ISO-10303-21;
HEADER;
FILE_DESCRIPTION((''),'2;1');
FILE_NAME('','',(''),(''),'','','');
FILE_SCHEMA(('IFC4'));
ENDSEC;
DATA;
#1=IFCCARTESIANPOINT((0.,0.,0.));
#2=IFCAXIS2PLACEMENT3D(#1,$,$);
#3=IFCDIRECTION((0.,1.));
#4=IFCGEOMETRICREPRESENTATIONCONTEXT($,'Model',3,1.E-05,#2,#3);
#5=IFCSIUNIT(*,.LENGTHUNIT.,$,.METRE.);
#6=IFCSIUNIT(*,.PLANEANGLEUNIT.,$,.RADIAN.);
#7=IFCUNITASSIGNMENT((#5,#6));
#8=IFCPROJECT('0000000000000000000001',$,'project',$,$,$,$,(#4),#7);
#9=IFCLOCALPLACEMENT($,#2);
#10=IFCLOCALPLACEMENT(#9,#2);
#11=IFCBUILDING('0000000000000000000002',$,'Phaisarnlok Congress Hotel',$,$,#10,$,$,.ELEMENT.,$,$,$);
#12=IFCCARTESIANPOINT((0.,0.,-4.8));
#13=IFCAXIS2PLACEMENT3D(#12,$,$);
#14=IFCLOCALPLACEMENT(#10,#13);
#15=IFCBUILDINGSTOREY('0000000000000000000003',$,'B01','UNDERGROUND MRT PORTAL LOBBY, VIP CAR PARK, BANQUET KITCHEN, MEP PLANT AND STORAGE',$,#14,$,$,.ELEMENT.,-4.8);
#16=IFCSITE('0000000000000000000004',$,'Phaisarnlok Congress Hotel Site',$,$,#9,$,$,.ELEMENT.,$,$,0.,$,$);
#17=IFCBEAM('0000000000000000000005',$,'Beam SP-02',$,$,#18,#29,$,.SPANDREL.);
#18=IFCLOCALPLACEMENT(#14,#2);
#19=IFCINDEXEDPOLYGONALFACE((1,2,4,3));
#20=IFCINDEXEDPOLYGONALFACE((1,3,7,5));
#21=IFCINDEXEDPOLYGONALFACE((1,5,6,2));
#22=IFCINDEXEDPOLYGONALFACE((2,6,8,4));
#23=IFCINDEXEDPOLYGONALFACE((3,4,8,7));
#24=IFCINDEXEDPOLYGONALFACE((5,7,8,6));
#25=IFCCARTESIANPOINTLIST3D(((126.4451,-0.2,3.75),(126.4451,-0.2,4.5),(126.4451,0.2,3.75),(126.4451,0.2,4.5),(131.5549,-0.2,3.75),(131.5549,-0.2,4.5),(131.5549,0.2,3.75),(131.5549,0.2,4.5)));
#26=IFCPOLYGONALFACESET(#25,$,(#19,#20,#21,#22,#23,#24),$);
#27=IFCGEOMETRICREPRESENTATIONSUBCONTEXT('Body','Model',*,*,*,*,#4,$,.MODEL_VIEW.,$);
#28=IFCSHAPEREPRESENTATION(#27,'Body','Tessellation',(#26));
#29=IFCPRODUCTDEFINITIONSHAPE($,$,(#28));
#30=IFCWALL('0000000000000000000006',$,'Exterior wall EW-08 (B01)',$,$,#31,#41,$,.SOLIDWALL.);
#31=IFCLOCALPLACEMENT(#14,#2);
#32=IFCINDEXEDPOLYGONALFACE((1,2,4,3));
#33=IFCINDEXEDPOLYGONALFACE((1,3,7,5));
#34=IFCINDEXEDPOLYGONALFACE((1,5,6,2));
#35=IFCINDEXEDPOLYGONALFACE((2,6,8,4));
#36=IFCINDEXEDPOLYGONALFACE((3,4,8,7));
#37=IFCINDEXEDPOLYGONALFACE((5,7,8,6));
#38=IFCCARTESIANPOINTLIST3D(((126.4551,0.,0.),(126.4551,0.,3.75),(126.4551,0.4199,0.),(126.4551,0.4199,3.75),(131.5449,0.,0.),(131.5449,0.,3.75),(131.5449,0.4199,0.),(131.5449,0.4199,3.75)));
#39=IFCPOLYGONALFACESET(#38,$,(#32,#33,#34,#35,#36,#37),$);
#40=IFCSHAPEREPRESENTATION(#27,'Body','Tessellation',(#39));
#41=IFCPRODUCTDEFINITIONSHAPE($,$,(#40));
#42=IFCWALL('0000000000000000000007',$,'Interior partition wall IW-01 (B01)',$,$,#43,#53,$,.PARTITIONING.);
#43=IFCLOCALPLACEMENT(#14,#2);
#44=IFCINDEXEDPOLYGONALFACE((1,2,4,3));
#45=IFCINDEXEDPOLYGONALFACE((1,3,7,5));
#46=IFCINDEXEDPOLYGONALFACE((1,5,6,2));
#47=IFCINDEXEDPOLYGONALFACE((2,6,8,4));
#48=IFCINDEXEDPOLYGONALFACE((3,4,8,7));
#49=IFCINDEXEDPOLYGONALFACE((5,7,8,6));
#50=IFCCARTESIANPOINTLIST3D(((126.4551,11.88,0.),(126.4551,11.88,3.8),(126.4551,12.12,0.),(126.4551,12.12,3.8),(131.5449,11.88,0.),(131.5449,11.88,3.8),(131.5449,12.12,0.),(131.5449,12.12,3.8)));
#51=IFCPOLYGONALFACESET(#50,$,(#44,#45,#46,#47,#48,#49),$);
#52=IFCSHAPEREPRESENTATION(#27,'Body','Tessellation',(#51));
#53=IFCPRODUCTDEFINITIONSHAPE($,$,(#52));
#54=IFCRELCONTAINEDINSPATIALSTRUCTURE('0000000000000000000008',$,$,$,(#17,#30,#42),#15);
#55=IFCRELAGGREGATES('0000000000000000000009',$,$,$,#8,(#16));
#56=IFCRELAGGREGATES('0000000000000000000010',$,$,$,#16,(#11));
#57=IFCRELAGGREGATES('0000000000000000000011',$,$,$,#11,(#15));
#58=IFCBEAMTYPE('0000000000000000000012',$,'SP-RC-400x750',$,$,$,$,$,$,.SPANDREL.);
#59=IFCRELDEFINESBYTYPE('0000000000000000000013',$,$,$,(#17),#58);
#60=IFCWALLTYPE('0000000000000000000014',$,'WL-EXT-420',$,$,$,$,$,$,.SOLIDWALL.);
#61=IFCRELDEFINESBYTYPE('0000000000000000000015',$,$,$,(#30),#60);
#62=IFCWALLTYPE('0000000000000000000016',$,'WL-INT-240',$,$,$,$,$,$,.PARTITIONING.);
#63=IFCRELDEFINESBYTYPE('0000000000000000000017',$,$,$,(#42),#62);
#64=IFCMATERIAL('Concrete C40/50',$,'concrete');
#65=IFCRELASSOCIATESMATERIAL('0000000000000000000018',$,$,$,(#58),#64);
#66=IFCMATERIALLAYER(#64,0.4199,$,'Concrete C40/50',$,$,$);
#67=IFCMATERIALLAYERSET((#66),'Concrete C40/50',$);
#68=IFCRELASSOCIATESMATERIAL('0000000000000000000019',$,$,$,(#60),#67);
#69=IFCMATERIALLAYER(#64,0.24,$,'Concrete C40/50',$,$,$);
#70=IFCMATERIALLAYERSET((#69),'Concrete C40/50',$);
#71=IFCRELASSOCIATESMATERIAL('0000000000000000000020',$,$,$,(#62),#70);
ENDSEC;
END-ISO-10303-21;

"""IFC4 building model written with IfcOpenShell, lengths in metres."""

from ifc_helpers import new_model, si_unit, direction, frame, frame_2d, origin, origin_2d, place, context, subcontext, project, spatial, rectangle, extrude, material, layer, layer_set, material_profile, profile_set, type_object, element, save


model = new_model("IFC4")

# Units and contexts
model_context = context("Model", 3, precision=1e-05, world=origin(), true_north=direction((0.0, 1.0)))
body_context = subcontext(model_context, "Body", "Model", "MODEL_VIEW")
ifc_project = project(units=[si_unit("LENGTHUNIT", "METRE"), si_unit("PLANEANGLEUNIT", "RADIAN")], contexts=[model_context])

# Site, building, storey
site_placement = place(None, origin())
site = spatial("IfcSite", under=ifc_project, at=site_placement, Name="Phaisarnlok Congress Hotel Site", CompositionType="ELEMENT", RefElevation=0.0)
building_placement = place(site_placement, origin())
building = spatial("IfcBuilding", under=site, at=building_placement, Name="Phaisarnlok Congress Hotel", CompositionType="ELEMENT")
storey_placement = place(building_placement, frame((0.0, 0.0, -4.8)))
storey = spatial("IfcBuildingStorey", under=building, at=storey_placement, Name="B01", Description="UNDERGROUND MRT PORTAL LOBBY, VIP CAR PARK, BANQUET KITCHEN, MEP PLANT AND STORAGE", CompositionType="ELEMENT", Elevation=-4.8)

# Shared definitions
ifc_material_1 = material(Name="Concrete C40/50", Category="concrete")

# Beam
ifc_material_profile_1 = material_profile(ifc_material_1, rectangle(XDim=0.3999, YDim=0.75, at=origin_2d()), Name="RC 400x750")
ifc_profile_set_1 = profile_set([ifc_material_profile_1], Name="Concrete C40/50")
beam_type_1 = type_object("IfcBeamType", Name="SP-RC-400x750", PredefinedType="SPANDREL", material=ifc_profile_set_1)
beam_1_placement = place(storey_placement, frame((126.4451, 0.0, 4.125), z_axis=(1.0, 0.0, 0.0), x_axis=(0.0, 1.0, 0.0)))
element("IfcBeam", 1, at=beam_1_placement, inside=storey, type_object=beam_type_1, Name="Beam SP-02", PredefinedType="SPANDREL", context=body_context, shape_type="SweptSolid", body=[
    extrude(rectangle(XDim=0.3999, YDim=0.75, at=origin_2d()), origin(), (0.0, 0.0, 1.0), 5.1099),
])

# Walls
ifc_layer_1 = layer(ifc_material_1, 0.4199, Name="Concrete C40/50")
ifc_layer_set_1 = layer_set([ifc_layer_1], Name="Concrete C40/50")
wall_type_1 = type_object("IfcWallType", Name="WL-EXT-420", PredefinedType="SOLIDWALL", material=ifc_layer_set_1)
wall_1_placement = place(storey_placement, frame((126.4551, 0.21, 0.0), z_axis=(0.0, 0.0, 1.0), x_axis=(1.0, 0.0, 0.0)))
element("IfcWall", 2, at=wall_1_placement, inside=storey, type_object=wall_type_1, Name="Exterior wall EW-08 (B01)", PredefinedType="SOLIDWALL", context=body_context, shape_type="SweptSolid", body=[
    extrude(rectangle(XDim=5.0898, YDim=0.4199, at=frame_2d((2.5449, 0.0))), origin(), (0.0, 0.0, 1.0), 3.75),
])
ifc_layer_2 = layer(ifc_material_1, 0.24, Name="Concrete C40/50")
ifc_layer_set_2 = layer_set([ifc_layer_2], Name="Concrete C40/50")
wall_type_2 = type_object("IfcWallType", Name="WL-INT-240", PredefinedType="PARTITIONING", material=ifc_layer_set_2)
wall_2_placement = place(storey_placement, frame((126.4551, 12.0, 0.0), z_axis=(0.0, 0.0, 1.0), x_axis=(1.0, 0.0, 0.0)))
element("IfcWall", 3, at=wall_2_placement, inside=storey, type_object=wall_type_2, Name="Interior partition wall IW-01 (B01)", PredefinedType="PARTITIONING", context=body_context, shape_type="SweptSolid", body=[
    extrude(rectangle(XDim=5.0898, YDim=0.24, at=frame_2d((2.5449, 0.0))), origin(), (0.0, 0.0, 1.0), 3.8),
])

save(model, "model.ifc")
